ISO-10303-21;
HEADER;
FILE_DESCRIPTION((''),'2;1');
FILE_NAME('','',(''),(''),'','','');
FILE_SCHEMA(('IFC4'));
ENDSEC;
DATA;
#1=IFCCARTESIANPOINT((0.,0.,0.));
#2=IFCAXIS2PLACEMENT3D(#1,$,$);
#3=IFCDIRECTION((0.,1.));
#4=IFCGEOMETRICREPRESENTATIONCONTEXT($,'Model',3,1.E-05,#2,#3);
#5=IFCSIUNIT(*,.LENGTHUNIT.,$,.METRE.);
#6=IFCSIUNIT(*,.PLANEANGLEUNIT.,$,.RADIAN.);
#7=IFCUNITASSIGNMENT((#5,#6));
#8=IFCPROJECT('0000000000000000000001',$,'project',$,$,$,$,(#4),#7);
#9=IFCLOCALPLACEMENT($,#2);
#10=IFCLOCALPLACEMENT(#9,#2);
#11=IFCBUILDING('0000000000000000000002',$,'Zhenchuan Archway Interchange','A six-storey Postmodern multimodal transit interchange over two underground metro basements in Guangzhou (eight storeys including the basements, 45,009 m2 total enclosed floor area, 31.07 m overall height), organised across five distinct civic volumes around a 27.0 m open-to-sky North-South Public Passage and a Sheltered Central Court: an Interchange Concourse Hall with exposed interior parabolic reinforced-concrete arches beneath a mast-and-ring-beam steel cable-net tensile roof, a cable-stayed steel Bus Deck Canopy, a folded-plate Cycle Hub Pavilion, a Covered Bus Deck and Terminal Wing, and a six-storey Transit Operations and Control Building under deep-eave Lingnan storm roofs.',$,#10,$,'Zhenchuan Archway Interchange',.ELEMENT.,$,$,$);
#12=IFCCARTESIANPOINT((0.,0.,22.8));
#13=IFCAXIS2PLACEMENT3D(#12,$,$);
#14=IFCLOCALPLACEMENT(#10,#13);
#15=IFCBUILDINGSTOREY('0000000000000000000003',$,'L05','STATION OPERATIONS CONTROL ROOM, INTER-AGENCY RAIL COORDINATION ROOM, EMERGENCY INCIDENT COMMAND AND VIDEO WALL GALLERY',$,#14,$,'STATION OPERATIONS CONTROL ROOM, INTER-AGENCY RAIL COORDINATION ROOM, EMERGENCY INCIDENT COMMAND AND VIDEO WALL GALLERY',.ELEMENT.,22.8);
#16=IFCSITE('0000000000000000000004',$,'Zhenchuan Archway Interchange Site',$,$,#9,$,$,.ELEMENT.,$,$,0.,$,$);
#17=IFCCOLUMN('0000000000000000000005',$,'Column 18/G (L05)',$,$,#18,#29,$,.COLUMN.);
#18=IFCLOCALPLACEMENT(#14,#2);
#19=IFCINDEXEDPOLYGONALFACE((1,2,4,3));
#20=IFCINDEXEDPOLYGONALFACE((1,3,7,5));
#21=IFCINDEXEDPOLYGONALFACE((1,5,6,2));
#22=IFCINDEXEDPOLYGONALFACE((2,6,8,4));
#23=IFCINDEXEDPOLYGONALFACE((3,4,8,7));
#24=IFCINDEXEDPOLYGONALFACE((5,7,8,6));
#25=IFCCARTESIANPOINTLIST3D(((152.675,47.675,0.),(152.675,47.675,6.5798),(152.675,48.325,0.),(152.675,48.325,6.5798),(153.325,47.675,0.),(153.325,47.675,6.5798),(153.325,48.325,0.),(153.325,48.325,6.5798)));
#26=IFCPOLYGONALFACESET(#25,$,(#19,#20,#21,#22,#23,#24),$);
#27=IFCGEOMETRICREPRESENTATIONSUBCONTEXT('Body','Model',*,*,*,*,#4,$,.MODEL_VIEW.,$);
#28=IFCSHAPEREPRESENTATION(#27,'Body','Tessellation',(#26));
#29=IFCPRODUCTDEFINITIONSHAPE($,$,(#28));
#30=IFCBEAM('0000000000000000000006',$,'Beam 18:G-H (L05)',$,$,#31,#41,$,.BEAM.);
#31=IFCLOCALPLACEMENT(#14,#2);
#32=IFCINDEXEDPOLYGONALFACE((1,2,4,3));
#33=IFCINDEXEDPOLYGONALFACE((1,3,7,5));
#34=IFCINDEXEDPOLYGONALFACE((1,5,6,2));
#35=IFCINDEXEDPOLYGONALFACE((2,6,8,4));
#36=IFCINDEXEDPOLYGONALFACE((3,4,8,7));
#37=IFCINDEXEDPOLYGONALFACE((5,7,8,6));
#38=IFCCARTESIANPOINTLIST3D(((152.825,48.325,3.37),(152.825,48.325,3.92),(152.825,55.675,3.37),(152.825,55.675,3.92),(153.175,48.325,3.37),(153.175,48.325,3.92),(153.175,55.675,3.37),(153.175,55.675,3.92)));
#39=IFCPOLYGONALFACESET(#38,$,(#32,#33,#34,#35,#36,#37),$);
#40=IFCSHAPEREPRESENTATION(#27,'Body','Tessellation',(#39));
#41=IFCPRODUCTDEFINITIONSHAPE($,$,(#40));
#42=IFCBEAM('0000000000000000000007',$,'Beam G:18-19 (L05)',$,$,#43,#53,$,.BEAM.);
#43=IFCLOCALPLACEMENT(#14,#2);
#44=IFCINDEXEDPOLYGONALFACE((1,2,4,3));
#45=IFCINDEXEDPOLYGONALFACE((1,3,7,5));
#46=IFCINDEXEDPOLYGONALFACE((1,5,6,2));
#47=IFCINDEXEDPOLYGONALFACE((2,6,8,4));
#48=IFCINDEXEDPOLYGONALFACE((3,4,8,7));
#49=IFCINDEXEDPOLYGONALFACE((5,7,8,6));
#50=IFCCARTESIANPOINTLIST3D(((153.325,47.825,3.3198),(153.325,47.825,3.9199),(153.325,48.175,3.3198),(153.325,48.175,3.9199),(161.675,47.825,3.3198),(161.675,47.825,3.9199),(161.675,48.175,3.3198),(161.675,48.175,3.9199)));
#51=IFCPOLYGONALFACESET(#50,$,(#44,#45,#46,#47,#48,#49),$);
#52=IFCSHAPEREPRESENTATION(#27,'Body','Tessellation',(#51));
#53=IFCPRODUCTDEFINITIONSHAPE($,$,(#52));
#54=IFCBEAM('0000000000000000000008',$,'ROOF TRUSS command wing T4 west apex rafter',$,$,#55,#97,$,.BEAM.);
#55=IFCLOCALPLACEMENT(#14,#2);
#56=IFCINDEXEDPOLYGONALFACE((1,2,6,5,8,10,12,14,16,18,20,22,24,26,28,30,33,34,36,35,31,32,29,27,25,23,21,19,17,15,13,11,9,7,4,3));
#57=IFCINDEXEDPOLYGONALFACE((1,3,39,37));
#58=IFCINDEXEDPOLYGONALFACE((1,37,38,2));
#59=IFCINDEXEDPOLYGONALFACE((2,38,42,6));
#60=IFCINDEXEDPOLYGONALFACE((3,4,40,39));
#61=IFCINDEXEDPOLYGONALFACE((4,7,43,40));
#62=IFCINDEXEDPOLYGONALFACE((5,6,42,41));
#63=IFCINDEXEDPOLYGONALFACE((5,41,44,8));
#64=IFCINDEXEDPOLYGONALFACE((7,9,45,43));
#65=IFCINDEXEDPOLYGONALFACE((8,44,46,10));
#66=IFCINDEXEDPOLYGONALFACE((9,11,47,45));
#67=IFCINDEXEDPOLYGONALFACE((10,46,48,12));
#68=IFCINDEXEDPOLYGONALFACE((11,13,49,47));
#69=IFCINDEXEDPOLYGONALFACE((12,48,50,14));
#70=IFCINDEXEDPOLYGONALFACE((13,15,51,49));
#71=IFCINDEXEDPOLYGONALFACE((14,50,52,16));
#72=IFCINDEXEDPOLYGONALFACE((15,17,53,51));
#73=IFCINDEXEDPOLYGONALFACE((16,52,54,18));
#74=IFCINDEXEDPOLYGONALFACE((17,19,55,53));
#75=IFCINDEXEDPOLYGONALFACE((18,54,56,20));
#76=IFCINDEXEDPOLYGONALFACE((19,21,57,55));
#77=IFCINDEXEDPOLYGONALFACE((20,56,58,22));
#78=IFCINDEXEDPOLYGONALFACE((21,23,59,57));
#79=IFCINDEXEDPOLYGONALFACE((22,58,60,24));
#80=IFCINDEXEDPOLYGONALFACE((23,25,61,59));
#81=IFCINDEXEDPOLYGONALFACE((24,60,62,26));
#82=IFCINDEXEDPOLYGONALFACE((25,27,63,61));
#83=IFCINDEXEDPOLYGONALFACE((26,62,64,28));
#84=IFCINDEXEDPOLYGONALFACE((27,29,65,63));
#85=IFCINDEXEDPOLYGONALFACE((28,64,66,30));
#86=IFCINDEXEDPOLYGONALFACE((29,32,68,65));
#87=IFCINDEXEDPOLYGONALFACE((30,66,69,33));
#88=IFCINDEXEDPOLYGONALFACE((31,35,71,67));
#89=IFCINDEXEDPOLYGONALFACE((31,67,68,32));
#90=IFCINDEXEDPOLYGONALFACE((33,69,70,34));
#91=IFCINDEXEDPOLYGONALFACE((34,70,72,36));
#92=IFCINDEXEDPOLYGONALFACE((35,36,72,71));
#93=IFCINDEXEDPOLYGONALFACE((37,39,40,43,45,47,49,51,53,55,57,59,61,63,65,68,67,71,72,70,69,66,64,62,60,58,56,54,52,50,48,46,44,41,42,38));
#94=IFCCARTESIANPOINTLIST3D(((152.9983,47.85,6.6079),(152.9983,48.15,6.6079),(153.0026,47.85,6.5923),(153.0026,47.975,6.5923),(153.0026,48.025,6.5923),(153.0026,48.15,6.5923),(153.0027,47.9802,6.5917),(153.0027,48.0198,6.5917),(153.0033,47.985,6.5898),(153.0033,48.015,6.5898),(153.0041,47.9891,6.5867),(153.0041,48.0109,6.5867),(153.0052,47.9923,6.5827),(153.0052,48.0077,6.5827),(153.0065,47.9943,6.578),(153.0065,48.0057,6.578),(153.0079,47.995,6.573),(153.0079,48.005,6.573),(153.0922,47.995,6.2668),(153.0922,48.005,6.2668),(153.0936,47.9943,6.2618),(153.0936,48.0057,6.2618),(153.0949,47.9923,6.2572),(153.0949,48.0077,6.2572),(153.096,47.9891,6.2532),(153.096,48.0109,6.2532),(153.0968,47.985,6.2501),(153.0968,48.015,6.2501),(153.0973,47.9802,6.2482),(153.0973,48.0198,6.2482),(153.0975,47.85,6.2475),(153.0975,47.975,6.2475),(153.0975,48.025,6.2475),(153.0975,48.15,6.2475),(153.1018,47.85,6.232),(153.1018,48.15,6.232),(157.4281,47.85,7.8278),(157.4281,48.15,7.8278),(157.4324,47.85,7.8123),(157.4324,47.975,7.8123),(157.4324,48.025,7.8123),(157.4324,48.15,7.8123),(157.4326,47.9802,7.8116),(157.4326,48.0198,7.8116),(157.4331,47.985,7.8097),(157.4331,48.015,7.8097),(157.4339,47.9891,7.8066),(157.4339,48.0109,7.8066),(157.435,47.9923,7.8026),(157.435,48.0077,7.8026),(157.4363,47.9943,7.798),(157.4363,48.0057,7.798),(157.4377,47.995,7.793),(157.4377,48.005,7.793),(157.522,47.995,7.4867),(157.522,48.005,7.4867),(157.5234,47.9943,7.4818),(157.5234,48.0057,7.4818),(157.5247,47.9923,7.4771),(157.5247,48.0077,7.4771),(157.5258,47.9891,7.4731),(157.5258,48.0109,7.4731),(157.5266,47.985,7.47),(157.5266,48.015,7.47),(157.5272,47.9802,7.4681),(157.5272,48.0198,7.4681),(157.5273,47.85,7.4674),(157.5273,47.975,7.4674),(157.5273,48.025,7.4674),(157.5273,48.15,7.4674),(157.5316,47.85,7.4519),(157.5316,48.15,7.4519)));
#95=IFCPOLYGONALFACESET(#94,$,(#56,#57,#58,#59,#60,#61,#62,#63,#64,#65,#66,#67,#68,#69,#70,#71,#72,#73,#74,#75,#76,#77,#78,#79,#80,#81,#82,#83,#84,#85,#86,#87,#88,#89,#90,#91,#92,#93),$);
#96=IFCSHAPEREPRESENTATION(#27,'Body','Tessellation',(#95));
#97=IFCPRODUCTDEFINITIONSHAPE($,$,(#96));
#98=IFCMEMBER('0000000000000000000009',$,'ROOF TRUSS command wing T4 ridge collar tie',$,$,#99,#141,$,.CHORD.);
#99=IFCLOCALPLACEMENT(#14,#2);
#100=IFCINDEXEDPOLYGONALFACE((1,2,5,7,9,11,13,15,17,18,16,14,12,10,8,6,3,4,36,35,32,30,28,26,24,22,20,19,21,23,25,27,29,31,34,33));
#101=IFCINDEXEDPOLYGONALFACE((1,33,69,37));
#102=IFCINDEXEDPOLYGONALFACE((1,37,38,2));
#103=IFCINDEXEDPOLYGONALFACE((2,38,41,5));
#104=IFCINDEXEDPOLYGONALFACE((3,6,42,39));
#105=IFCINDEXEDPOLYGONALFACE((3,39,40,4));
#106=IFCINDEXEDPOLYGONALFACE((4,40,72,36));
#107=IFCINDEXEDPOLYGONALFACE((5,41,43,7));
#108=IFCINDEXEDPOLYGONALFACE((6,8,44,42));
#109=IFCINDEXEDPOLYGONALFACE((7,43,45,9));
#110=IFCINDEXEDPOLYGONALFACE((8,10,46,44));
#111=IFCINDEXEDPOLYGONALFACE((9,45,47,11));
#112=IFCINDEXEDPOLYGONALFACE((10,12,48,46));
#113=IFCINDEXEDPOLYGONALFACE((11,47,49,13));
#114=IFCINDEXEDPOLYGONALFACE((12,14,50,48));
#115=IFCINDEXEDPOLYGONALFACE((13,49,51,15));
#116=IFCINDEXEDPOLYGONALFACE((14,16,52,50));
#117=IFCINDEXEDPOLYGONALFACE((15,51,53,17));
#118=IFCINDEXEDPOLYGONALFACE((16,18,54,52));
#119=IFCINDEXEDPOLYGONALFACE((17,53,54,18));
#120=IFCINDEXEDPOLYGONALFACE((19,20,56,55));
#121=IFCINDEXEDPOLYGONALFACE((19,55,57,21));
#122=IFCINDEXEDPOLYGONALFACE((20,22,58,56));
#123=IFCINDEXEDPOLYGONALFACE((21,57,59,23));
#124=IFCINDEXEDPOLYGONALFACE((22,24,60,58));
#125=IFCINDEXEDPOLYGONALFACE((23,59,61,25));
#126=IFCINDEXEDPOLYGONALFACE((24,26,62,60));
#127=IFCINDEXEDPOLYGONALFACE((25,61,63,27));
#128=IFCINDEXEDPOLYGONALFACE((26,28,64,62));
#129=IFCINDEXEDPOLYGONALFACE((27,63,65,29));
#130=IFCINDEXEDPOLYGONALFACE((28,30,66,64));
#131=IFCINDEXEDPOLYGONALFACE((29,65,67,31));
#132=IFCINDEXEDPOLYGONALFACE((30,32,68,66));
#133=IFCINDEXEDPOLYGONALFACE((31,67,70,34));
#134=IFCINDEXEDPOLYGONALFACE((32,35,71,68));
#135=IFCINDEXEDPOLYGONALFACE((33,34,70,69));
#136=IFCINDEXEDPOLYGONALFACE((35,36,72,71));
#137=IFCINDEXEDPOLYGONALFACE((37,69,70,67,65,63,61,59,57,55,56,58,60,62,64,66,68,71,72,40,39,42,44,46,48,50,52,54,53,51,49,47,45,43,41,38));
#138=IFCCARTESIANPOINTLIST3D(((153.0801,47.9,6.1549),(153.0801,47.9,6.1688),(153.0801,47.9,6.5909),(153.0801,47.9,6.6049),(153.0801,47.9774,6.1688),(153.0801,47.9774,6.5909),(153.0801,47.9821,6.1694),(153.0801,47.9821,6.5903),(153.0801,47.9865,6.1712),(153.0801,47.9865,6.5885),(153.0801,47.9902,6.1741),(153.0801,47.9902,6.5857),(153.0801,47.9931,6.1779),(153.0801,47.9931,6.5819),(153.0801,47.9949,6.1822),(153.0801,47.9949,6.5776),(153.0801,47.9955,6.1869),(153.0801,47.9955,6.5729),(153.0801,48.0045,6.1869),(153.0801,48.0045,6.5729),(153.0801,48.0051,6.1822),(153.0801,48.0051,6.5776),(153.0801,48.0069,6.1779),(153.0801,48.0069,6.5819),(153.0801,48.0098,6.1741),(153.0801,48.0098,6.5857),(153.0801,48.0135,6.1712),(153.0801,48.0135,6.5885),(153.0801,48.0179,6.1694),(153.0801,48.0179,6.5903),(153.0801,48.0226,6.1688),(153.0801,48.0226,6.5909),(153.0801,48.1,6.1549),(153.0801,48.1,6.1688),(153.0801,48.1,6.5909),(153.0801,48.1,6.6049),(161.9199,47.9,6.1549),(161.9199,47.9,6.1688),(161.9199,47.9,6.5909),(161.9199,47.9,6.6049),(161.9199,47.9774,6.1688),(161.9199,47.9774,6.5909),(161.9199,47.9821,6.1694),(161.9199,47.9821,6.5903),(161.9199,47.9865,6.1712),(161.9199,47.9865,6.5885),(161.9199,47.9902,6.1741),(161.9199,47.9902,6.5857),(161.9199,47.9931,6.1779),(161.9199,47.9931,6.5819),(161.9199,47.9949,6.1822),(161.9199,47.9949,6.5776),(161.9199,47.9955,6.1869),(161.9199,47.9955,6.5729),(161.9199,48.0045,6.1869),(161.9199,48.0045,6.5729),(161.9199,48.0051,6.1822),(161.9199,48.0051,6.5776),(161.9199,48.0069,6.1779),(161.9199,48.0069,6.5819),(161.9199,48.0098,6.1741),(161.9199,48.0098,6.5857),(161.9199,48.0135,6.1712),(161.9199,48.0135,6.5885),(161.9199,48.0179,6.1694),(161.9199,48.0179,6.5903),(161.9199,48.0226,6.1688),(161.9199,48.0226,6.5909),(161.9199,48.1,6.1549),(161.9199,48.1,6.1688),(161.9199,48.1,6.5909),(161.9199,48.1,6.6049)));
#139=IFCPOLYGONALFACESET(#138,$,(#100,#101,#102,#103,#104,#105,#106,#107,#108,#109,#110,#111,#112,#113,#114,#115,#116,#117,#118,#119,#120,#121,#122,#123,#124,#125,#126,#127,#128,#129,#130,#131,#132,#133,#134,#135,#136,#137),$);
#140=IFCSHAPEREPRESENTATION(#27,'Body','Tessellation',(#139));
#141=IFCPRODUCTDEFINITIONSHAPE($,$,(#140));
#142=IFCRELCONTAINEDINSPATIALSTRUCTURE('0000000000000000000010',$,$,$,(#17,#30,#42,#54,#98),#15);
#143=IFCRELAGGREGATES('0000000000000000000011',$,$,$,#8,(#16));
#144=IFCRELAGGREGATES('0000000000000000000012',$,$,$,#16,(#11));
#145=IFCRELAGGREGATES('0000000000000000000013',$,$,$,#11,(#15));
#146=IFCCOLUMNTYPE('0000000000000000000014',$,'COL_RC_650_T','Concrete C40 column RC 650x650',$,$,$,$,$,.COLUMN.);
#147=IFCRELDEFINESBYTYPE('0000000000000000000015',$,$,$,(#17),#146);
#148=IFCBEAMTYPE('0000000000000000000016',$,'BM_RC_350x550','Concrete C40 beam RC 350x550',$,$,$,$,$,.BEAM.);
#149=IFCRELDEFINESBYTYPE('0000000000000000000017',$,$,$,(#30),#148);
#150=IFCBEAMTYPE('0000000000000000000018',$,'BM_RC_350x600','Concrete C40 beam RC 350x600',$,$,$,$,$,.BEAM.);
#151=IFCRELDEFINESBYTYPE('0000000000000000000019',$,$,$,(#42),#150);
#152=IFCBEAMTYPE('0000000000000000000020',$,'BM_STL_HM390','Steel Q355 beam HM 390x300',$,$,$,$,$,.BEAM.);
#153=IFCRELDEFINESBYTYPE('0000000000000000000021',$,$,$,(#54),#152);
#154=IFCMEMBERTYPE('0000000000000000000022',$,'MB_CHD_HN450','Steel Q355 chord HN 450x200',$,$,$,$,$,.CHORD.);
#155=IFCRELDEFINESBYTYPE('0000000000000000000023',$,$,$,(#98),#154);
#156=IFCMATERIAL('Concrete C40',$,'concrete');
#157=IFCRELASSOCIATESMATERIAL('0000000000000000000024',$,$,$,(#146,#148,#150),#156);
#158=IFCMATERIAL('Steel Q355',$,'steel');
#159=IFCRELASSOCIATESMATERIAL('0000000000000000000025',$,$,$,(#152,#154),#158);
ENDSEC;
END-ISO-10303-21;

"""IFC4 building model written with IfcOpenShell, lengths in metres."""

from ifc_helpers import new_model, si_unit, direction, frame, origin, origin_2d, place, context, subcontext, project, spatial, rectangle, i_section, extrude, material, material_profile, profile_set, type_object, element, save


model = new_model("IFC4")

# Units and contexts
model_context = context("Model", 3, precision=1e-05, world=origin(), true_north=direction((0.0, 1.0)))
body_context = subcontext(model_context, "Body", "Model", "MODEL_VIEW")
ifc_project = project(units=[si_unit("LENGTHUNIT", "METRE"), si_unit("PLANEANGLEUNIT", "RADIAN")], contexts=[model_context])

# Site, building, storey
site_placement = place(None, origin())
site = spatial("IfcSite", under=ifc_project, at=site_placement, Name="Zhenchuan Archway Interchange Site", CompositionType="ELEMENT", RefElevation=0.0)
building_placement = place(site_placement, origin())
building = spatial("IfcBuilding", under=site, at=building_placement, Name="Zhenchuan Archway Interchange", Description="A six-storey Postmodern multimodal transit interchange over two underground metro basements in Guangzhou (eight storeys including the basements, 45,009 m2 total enclosed floor area, 31.07 m overall height), organised across five distinct civic volumes around a 27.0 m open-to-sky North-South Public Passage and a Sheltered Central Court: an Interchange Concourse Hall with exposed interior parabolic reinforced-concrete arches beneath a mast-and-ring-beam steel cable-net tensile roof, a cable-stayed steel Bus Deck Canopy, a folded-plate Cycle Hub Pavilion, a Covered Bus Deck and Terminal Wing, and a six-storey Transit Operations and Control Building under deep-eave Lingnan storm roofs.", LongName="Zhenchuan Archway Interchange", CompositionType="ELEMENT")
storey_placement = place(building_placement, frame((0.0, 0.0, 22.8)))
storey = spatial("IfcBuildingStorey", under=building, at=storey_placement, Name="L05", Description="STATION OPERATIONS CONTROL ROOM, INTER-AGENCY RAIL COORDINATION ROOM, EMERGENCY INCIDENT COMMAND AND VIDEO WALL GALLERY", LongName="STATION OPERATIONS CONTROL ROOM, INTER-AGENCY RAIL COORDINATION ROOM, EMERGENCY INCIDENT COMMAND AND VIDEO WALL GALLERY", CompositionType="ELEMENT", Elevation=22.8)

# Column
ifc_material_1 = material(Name="Concrete C40", Category="concrete")
ifc_material_profile_1 = material_profile(ifc_material_1, rectangle(XDim=0.6499, YDim=0.6499, at=origin_2d()), Name="RC 650x650")
ifc_profile_set_1 = profile_set([ifc_material_profile_1], Name="Concrete C40")
column_type = type_object("IfcColumnType", Name="COL_RC_650_T", Description="Concrete C40 column RC 650x650", PredefinedType="COLUMN", material=ifc_profile_set_1)
column_placement = place(storey_placement, frame((153.0, 48.0, 0.0), z_axis=(0.0, 0.0, 1.0), x_axis=(1.0, 0.0, 0.0)))
element("IfcColumn", 1, at=column_placement, inside=storey, type_object=column_type, Name="Column 18/G (L05)", PredefinedType="COLUMN", context=body_context, shape_type="SweptSolid", body=[
    extrude(rectangle(XDim=0.6499, YDim=0.6499, at=origin_2d()), origin(), (0.0, 0.0, 1.0), 6.5798),
])

# Beams
ifc_material_profile_2 = material_profile(ifc_material_1, rectangle(XDim=0.3501, YDim=0.55, at=origin_2d()), Name="RC 350x550")
ifc_profile_set_2 = profile_set([ifc_material_profile_2], Name="Concrete C40")
beam_type_1 = type_object("IfcBeamType", Name="BM_RC_350x550", Description="Concrete C40 beam RC 350x550", PredefinedType="BEAM", material=ifc_profile_set_2)
beam_1_placement = place(storey_placement, frame((153.0, 48.325, 3.645), z_axis=(0.0, 1.0, 0.0), x_axis=(-1.0, 0.0, 0.0)))
element("IfcBeam", 2, at=beam_1_placement, inside=storey, type_object=beam_type_1, Name="Beam 18:G-H (L05)", PredefinedType="BEAM", context=body_context, shape_type="SweptSolid", body=[
    extrude(rectangle(XDim=0.3501, YDim=0.55, at=origin_2d()), origin(), (0.0, 0.0, 1.0), 7.3501),
])
ifc_material_profile_3 = material_profile(ifc_material_1, rectangle(XDim=0.3501, YDim=0.6001, at=origin_2d()), Name="RC 350x600")
ifc_profile_set_3 = profile_set([ifc_material_profile_3], Name="Concrete C40")
beam_type_2 = type_object("IfcBeamType", Name="BM_RC_350x600", Description="Concrete C40 beam RC 350x600", PredefinedType="BEAM", material=ifc_profile_set_3)
beam_2_placement = place(storey_placement, frame((153.325, 48.0, 3.6199), z_axis=(1.0, 0.0, 0.0), x_axis=(0.0, 1.0, 0.0)))
element("IfcBeam", 3, at=beam_2_placement, inside=storey, type_object=beam_type_2, Name="Beam G:18-19 (L05)", PredefinedType="BEAM", context=body_context, shape_type="SweptSolid", body=[
    extrude(rectangle(XDim=0.3501, YDim=0.6001, at=origin_2d()), origin(), (0.0, 0.0, 1.0), 8.3501),
])
ifc_material_2 = material(Name="Steel Q355", Category="steel")
ifc_material_profile_4 = material_profile(ifc_material_2, i_section(OverallWidth=0.3, OverallDepth=0.3899, WebThickness=0.01, FlangeThickness=0.0161, FilletRadius=0.02, at=origin_2d()), Name="HM 390x300")
ifc_profile_set_4 = profile_set([ifc_material_profile_4], Name="Steel Q355")
beam_type_3 = type_object("IfcBeamType", Name="BM_STL_HM390", Description="Steel Q355 beam HM 390x300", PredefinedType="BEAM", material=ifc_profile_set_4)
beam_3_placement = place(storey_placement, frame((153.05, 48.0, 6.4199), z_axis=(0.964109, 0.0, 0.265508), x_axis=(0.0, 1.0, 0.0)))
element("IfcBeam", 4, at=beam_3_placement, inside=storey, type_object=beam_type_3, Name="ROOF TRUSS command wing T4 west apex rafter", PredefinedType="BEAM", context=body_context, shape_type="SweptSolid", body=[
    extrude(i_section(OverallWidth=0.3, OverallDepth=0.3899, WebThickness=0.01, FlangeThickness=0.0161, FilletRadius=0.02, at=origin_2d()), origin(), (0.0, 0.0, 1.0), 4.5947),
])

# Member
ifc_material_profile_5 = material_profile(ifc_material_2, i_section(OverallWidth=0.2, OverallDepth=0.45, WebThickness=0.009, FlangeThickness=0.0139, FilletRadius=0.0181, at=origin_2d()), Name="HN 450x200")
ifc_profile_set_5 = profile_set([ifc_material_profile_5], Name="Steel Q355")
member_type_1 = type_object("IfcMemberType", Name="MB_CHD_HN450", Description="Steel Q355 chord HN 450x200", PredefinedType="CHORD", material=ifc_profile_set_5)
member_1_placement = place(storey_placement, frame((153.0801, 48.0, 6.3799), z_axis=(1.0, 0.0, 0.0), x_axis=(0.0, 1.0, 0.0)))
element("IfcMember", 5, at=member_1_placement, inside=storey, type_object=member_type_1, Name="ROOF TRUSS command wing T4 ridge collar tie", PredefinedType="CHORD", context=body_context, shape_type="SweptSolid", body=[
    extrude(i_section(OverallWidth=0.2, OverallDepth=0.45, WebThickness=0.009, FlangeThickness=0.0139, FilletRadius=0.0181, at=origin_2d()), origin(), (0.0, 0.0, 1.0), 8.8398),
])

save(model, "model.ifc")
